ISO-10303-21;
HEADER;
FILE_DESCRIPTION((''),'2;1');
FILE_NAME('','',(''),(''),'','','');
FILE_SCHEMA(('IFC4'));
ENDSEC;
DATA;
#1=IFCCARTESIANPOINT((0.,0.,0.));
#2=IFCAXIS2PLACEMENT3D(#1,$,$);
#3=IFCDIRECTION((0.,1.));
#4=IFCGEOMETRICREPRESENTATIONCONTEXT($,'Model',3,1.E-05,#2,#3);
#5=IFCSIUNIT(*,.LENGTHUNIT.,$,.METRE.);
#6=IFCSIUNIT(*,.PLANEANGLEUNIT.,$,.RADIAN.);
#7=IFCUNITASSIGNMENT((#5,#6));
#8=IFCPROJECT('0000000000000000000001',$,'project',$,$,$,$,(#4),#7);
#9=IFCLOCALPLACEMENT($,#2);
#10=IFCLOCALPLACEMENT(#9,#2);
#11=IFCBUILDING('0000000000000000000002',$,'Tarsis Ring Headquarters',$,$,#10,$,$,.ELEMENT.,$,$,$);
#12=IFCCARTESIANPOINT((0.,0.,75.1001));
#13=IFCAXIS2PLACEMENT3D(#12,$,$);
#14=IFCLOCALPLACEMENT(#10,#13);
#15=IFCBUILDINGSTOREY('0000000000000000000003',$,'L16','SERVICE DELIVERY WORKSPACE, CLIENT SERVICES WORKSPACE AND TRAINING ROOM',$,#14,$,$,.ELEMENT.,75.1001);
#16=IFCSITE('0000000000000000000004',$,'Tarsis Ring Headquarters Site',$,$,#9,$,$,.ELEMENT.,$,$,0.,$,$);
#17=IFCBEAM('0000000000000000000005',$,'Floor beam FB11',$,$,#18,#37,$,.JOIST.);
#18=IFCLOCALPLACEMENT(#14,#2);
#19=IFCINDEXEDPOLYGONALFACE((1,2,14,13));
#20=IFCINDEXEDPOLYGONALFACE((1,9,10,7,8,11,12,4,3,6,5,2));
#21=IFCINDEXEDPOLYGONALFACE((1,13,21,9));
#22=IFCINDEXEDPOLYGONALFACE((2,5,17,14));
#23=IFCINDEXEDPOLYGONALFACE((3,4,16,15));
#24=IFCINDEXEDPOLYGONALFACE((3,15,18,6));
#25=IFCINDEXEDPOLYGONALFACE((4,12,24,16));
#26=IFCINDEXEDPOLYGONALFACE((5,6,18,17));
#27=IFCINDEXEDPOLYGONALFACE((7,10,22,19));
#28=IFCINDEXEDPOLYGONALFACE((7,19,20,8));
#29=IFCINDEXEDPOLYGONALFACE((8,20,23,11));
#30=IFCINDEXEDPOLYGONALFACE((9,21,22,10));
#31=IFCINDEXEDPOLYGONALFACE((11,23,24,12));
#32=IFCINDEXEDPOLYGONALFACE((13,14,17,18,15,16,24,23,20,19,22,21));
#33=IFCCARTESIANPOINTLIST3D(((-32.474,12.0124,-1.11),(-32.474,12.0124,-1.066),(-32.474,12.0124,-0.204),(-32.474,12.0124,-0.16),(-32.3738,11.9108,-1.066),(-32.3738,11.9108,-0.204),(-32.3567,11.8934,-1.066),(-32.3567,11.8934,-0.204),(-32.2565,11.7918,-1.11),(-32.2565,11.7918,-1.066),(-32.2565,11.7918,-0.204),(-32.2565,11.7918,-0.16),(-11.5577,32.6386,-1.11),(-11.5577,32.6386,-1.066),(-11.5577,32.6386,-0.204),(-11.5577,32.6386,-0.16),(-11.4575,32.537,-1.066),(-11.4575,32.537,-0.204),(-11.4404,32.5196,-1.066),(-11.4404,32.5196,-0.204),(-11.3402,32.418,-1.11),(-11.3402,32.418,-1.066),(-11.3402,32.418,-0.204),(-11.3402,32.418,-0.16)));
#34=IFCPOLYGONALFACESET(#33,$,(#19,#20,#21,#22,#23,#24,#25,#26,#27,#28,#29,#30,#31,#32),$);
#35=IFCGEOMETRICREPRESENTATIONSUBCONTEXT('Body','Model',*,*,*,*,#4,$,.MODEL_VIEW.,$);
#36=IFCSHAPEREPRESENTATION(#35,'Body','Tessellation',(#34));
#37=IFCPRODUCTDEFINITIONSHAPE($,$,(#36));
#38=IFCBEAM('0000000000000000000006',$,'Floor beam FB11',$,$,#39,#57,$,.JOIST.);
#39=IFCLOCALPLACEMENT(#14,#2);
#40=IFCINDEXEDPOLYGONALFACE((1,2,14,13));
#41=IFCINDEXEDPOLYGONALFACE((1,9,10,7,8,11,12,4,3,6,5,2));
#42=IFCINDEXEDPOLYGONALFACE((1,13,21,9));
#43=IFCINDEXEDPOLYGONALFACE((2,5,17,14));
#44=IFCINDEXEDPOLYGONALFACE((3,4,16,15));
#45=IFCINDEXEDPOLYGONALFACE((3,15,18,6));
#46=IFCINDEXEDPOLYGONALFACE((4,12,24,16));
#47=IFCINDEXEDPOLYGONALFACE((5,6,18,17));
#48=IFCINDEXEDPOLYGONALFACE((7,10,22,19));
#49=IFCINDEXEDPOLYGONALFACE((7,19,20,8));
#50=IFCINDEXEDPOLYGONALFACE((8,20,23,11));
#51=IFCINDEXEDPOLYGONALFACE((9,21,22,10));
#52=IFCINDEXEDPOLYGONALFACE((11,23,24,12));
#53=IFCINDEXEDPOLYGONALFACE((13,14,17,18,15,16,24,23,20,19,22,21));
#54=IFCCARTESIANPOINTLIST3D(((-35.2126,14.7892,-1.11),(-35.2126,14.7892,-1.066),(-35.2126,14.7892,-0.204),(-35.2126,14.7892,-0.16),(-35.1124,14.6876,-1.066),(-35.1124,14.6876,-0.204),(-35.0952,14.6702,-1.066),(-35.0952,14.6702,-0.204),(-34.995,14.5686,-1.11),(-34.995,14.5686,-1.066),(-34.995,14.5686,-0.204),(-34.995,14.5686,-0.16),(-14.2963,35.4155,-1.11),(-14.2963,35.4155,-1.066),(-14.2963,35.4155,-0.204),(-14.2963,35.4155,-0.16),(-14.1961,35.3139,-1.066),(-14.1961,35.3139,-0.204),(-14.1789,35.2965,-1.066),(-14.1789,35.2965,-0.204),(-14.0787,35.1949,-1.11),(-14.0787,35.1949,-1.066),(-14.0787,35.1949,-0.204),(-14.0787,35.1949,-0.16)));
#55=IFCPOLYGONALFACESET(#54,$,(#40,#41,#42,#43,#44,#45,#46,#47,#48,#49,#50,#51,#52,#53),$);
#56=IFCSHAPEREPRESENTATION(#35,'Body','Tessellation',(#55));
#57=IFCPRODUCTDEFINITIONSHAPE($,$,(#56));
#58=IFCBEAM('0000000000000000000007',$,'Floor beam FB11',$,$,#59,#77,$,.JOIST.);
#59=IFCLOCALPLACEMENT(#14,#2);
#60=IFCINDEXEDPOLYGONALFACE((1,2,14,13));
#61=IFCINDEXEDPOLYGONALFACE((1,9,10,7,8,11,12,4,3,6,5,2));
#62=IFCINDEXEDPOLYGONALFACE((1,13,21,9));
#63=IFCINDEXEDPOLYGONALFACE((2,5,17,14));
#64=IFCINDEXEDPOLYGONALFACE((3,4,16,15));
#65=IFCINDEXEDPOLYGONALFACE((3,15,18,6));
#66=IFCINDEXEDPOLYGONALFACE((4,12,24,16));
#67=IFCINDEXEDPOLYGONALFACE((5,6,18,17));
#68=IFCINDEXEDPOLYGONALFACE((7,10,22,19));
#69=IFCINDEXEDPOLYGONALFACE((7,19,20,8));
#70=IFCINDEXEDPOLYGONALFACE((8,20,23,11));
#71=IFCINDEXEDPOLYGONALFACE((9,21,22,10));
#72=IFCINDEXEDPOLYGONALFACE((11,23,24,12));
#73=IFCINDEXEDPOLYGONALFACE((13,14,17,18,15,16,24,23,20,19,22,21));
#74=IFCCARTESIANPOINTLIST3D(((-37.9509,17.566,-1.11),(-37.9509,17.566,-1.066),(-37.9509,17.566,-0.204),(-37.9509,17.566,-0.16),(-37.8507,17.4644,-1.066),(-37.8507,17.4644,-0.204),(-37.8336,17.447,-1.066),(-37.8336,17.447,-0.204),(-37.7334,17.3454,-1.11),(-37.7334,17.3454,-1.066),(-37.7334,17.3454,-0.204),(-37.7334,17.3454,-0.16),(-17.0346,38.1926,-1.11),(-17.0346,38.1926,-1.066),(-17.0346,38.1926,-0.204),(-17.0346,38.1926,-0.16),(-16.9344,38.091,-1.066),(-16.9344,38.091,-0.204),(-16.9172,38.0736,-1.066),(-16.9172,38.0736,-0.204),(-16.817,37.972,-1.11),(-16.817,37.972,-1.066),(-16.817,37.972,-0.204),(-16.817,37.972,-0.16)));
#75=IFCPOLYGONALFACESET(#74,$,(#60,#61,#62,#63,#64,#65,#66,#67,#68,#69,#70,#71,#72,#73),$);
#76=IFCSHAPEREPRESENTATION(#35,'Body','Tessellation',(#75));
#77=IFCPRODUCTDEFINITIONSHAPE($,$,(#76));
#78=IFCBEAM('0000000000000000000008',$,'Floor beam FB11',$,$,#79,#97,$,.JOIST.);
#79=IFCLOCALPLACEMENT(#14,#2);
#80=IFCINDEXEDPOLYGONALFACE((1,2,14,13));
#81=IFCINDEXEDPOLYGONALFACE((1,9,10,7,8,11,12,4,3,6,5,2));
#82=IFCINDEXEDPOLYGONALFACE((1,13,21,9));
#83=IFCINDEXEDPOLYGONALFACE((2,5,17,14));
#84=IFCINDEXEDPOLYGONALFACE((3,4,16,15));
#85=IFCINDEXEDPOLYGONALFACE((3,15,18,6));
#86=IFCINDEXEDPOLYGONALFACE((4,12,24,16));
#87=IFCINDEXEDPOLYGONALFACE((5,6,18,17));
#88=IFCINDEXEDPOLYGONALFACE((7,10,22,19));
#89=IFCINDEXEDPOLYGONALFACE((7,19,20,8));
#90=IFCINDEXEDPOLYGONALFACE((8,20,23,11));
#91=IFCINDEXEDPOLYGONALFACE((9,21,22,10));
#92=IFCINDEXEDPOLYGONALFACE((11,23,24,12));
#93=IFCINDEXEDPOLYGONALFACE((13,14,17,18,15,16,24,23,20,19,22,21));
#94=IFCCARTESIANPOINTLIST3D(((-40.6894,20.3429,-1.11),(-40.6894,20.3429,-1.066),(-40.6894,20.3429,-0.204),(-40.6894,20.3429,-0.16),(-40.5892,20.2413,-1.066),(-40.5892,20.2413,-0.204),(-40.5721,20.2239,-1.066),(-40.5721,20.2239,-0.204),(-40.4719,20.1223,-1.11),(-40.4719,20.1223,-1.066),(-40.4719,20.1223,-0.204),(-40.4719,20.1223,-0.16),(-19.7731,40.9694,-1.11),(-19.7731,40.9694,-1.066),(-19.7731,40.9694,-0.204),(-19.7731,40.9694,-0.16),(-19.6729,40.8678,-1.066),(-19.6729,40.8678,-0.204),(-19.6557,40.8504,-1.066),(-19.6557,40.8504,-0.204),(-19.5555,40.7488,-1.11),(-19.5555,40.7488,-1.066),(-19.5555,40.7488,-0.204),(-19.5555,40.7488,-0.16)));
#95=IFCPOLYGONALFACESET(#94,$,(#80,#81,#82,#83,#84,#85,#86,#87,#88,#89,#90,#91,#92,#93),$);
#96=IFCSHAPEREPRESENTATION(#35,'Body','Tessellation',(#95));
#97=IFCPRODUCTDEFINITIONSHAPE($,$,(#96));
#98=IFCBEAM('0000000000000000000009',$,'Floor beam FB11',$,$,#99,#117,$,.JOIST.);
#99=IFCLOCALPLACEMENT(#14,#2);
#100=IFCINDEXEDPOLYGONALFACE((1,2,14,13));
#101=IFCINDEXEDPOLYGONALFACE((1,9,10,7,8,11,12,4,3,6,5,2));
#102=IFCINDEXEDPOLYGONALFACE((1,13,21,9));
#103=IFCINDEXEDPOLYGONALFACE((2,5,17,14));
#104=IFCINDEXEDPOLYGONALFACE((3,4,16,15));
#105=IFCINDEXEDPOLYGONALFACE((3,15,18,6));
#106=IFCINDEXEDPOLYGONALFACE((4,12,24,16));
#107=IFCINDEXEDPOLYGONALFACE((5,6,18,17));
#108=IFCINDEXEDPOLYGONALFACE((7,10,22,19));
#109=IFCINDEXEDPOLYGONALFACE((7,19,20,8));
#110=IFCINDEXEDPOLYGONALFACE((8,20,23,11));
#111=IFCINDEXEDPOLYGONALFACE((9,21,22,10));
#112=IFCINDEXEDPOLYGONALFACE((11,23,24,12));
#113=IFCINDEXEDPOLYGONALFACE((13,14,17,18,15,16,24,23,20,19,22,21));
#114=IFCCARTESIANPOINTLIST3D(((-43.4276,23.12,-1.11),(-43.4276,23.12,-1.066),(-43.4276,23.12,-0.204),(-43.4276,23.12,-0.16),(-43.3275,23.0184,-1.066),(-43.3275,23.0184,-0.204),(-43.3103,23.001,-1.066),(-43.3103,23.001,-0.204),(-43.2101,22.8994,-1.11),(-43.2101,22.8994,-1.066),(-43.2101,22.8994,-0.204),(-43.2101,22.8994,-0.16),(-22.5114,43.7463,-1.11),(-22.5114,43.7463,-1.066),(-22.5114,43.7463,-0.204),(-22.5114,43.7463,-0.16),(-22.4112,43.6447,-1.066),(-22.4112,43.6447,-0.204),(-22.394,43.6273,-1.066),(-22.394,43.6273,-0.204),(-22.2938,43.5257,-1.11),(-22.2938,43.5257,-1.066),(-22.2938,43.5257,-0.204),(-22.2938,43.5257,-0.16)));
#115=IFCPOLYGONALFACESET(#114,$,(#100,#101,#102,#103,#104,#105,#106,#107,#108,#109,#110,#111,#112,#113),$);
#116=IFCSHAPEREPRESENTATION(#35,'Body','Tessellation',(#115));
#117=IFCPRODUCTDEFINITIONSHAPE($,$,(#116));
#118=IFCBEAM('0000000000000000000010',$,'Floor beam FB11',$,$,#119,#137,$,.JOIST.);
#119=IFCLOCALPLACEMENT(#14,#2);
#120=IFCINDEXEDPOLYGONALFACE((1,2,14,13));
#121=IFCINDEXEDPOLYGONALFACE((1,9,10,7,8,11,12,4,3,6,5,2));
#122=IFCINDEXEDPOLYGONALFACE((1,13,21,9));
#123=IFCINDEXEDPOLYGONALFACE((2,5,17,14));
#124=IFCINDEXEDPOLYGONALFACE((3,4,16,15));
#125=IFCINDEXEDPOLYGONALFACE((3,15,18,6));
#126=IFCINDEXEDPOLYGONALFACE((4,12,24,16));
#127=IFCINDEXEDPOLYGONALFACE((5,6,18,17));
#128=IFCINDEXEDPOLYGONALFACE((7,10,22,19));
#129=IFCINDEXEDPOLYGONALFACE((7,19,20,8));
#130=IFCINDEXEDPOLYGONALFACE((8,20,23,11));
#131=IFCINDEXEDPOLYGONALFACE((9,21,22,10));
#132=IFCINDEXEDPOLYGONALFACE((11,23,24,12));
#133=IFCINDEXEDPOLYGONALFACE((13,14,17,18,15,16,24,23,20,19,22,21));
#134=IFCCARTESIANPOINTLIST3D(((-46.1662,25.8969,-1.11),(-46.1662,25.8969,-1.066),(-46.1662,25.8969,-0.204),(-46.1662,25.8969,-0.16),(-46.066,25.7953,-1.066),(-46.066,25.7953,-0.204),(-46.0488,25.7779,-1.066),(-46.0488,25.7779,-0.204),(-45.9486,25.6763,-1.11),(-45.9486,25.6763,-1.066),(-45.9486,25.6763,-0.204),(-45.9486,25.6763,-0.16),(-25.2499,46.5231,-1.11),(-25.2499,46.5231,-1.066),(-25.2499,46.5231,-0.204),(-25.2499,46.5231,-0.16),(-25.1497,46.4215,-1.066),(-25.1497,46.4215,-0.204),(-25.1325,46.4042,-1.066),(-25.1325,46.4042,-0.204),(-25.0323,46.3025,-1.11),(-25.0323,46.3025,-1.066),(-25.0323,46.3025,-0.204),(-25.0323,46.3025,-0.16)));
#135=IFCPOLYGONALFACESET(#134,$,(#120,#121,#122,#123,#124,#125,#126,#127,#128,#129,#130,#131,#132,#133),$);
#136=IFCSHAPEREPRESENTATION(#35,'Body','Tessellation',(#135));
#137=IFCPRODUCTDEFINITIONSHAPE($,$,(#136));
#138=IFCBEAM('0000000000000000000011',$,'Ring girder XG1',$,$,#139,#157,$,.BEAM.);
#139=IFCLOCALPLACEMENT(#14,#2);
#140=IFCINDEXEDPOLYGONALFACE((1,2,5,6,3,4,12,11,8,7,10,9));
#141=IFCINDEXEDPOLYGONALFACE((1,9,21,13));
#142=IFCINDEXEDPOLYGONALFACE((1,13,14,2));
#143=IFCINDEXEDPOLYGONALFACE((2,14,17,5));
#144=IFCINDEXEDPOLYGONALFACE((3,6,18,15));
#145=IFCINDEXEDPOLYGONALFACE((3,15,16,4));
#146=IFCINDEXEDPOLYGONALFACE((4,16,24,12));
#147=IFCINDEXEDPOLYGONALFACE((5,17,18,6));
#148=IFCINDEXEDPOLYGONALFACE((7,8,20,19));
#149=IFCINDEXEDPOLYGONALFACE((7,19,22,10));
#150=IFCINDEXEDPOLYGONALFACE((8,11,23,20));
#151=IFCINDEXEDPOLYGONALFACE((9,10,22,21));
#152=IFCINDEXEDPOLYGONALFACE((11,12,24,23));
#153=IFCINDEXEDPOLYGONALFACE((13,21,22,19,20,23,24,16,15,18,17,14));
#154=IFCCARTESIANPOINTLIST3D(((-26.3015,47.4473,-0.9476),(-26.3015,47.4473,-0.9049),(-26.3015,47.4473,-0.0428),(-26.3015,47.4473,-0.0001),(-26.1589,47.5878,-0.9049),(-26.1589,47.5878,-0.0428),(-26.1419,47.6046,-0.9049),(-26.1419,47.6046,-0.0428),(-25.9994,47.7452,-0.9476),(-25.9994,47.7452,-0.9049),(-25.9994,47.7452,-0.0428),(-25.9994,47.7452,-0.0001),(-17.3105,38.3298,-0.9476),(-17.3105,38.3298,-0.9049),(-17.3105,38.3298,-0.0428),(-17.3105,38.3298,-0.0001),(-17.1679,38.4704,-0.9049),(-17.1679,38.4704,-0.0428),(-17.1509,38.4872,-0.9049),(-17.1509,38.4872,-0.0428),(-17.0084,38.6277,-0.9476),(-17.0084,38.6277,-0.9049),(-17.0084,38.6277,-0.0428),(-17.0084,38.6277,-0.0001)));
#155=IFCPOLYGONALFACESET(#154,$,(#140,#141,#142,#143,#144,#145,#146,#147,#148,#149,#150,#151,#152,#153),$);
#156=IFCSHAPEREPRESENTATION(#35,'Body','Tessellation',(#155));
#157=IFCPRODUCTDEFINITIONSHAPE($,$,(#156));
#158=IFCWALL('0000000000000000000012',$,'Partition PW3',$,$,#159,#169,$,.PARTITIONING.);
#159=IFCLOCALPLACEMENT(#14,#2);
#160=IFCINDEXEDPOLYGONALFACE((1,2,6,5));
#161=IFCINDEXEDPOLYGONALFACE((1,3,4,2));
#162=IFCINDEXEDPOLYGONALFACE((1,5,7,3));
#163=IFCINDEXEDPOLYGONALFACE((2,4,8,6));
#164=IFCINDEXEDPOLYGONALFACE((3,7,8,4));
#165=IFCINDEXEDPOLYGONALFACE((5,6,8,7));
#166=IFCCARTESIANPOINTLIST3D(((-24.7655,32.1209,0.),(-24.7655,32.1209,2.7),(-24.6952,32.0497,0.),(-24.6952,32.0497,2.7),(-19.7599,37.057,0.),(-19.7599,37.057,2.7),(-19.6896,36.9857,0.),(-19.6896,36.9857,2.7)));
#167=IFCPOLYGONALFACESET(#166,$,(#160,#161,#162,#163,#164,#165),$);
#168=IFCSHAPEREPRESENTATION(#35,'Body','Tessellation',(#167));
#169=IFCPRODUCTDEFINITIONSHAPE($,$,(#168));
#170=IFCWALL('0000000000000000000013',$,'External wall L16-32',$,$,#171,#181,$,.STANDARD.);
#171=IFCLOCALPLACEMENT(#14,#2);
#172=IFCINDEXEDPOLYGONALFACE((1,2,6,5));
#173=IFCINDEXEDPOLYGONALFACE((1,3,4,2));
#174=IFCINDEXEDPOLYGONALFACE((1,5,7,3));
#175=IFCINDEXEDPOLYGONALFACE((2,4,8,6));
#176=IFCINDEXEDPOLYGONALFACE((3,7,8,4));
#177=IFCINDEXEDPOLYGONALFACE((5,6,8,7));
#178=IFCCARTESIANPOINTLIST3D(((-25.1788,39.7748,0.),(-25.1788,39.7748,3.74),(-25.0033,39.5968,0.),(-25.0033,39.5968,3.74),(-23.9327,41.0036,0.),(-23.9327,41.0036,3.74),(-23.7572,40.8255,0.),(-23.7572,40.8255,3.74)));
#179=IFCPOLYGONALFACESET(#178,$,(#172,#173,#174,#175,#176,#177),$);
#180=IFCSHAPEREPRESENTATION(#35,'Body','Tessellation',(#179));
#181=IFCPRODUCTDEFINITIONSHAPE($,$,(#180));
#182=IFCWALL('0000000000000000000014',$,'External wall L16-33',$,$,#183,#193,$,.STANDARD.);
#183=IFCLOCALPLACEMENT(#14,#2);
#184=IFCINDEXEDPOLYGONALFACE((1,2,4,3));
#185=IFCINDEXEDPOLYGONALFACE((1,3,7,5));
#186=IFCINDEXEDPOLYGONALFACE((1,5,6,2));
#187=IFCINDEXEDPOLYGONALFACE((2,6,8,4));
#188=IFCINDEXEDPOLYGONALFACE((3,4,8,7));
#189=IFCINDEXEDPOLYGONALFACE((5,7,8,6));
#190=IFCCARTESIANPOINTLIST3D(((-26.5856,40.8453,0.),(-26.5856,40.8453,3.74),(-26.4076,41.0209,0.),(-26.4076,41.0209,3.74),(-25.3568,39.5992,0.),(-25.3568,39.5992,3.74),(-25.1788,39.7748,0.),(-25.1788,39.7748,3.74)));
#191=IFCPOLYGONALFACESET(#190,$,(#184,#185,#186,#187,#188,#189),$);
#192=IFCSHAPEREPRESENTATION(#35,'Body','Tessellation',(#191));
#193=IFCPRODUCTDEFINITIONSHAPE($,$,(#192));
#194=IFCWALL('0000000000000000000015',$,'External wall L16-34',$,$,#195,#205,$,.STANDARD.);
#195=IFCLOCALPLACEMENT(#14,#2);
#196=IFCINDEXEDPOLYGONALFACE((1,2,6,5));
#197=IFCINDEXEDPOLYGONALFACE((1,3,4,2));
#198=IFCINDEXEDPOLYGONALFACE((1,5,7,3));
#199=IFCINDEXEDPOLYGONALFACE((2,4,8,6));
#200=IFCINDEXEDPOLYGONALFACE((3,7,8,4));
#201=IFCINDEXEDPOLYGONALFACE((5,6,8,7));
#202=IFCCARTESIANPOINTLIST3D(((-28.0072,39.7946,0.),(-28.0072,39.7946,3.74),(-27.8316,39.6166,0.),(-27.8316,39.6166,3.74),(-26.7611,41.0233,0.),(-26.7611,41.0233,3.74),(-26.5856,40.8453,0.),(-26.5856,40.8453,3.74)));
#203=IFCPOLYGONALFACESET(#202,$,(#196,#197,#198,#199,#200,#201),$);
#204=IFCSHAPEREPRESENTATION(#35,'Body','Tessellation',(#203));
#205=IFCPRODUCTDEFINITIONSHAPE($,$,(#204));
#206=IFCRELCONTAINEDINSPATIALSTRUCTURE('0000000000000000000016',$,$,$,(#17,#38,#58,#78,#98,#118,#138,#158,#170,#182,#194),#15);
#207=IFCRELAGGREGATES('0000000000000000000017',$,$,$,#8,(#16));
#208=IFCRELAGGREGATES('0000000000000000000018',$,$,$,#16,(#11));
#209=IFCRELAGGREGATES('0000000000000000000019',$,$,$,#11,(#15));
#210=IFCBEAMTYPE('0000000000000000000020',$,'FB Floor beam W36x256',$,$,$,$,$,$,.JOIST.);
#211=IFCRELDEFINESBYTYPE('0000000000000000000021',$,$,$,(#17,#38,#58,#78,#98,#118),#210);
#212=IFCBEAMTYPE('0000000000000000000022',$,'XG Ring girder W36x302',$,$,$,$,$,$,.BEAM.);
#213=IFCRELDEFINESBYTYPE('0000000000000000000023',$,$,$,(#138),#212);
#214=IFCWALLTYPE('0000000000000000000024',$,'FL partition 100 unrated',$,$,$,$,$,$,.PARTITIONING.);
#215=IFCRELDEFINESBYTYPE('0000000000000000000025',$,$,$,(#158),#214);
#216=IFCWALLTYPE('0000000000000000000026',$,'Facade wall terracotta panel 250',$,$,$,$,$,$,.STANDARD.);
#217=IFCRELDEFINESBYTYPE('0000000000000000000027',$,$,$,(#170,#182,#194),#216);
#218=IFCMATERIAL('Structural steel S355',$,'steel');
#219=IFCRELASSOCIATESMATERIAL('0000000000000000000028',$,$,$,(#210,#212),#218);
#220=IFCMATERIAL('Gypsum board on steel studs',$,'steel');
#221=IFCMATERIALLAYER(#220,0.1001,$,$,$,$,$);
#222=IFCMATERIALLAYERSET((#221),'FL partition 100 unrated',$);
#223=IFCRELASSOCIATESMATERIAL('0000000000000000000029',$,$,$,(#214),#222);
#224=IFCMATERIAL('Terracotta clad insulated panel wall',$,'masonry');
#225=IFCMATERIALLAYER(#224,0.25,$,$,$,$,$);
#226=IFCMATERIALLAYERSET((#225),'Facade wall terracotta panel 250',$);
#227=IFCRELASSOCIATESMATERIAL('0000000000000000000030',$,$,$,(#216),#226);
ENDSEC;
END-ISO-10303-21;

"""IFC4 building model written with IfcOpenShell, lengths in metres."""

from ifc_helpers import new_model, si_unit, direction, frame, frame_2d, origin, origin_2d, place, context, subcontext, project, spatial, rectangle, i_section, extrude, material, layer, layer_set, material_profile, profile_set, type_object, element, save


model = new_model("IFC4")

# Units and contexts
model_context = context("Model", 3, precision=1e-05, world=origin(), true_north=direction((0.0, 1.0)))
body_context = subcontext(model_context, "Body", "Model", "MODEL_VIEW")
ifc_project = project(units=[si_unit("LENGTHUNIT", "METRE"), si_unit("PLANEANGLEUNIT", "RADIAN")], contexts=[model_context])

# Site, building, storey
site_placement = place(None, origin())
site = spatial("IfcSite", under=ifc_project, at=site_placement, Name="Tarsis Ring Headquarters Site", CompositionType="ELEMENT", RefElevation=0.0)
building_placement = place(site_placement, origin())
building = spatial("IfcBuilding", under=site, at=building_placement, Name="Tarsis Ring Headquarters", CompositionType="ELEMENT")
storey_placement = place(building_placement, frame((0.0, 0.0, 75.1001)))
storey = spatial("IfcBuildingStorey", under=building, at=storey_placement, Name="L16", Description="SERVICE DELIVERY WORKSPACE, CLIENT SERVICES WORKSPACE AND TRAINING ROOM", CompositionType="ELEMENT", Elevation=75.1001)

# Beams
ifc_material_1 = material(Name="Structural steel S355", Category="steel")
ifc_material_profile_1 = material_profile(ifc_material_1, i_section(OverallWidth=0.3098, OverallDepth=0.95, WebThickness=0.0244, FlangeThickness=0.0439, at=origin_2d()), Name="W36x256")
ifc_profile_set_1 = profile_set([ifc_material_profile_1], Name="Structural steel S355")
beam_type_1 = type_object("IfcBeamType", Name="FB Floor beam W36x256", PredefinedType="JOIST", material=ifc_profile_set_1)
for number, where, z_axis, x_axis, name in (
    (1, (-11.449, 32.5283, -0.635), (-0.712026, -0.702153, 0.0), (0.702153, -0.712026, 0.0), "Floor beam FB11"),
    (2, (-14.1875, 35.3052, -0.635), (-0.712026, -0.702153, 0.0), (0.702153, -0.712026, 0.0), "Floor beam FB11"),
):
    element("IfcBeam", number, at=place(storey_placement, frame(where, z_axis=z_axis, x_axis=x_axis)), inside=storey, type_object=beam_type_1, Name=name, PredefinedType="JOIST", context=body_context, shape_type="SweptSolid", body=[
        extrude(i_section(OverallWidth=0.3098, OverallDepth=0.95, WebThickness=0.0244, FlangeThickness=0.0439, at=origin_2d()), origin(), (0.0, 0.0, 1.0), 29.3757),
    ])
for number, where, z_axis, x_axis, name in (
    (3, (-16.9258, 38.0823, -0.635), (-0.712022, -0.702157, 0.0), (0.702157, -0.712022, 0.0), "Floor beam FB11"),
    (4, (-19.6643, 40.8591, -0.635), (-0.712022, -0.702157, 0.0), (0.702157, -0.712022, 0.0), "Floor beam FB11"),
):
    element("IfcBeam", number, at=place(storey_placement, frame(where, z_axis=z_axis, x_axis=x_axis)), inside=storey, type_object=beam_type_1, Name=name, PredefinedType="JOIST", context=body_context, shape_type="SweptSolid", body=[
        extrude(i_section(OverallWidth=0.3098, OverallDepth=0.95, WebThickness=0.0244, FlangeThickness=0.0439, at=origin_2d()), origin(), (0.0, 0.0, 1.0), 29.376),
    ])
for number, where, z_axis, x_axis, name in (
    (5, (-22.4026, 43.636, -0.635), (-0.712026, -0.702153, 0.0), (0.702153, -0.712026, 0.0), "Floor beam FB11"),
    (6, (-25.1411, 46.4128, -0.635), (-0.712026, -0.702153, 0.0), (0.702153, -0.712026, 0.0), "Floor beam FB11"),
):
    element("IfcBeam", number, at=place(storey_placement, frame(where, z_axis=z_axis, x_axis=x_axis)), inside=storey, type_object=beam_type_1, Name=name, PredefinedType="JOIST", context=body_context, shape_type="SweptSolid", body=[
        extrude(i_section(OverallWidth=0.3098, OverallDepth=0.95, WebThickness=0.0244, FlangeThickness=0.0439, at=origin_2d()), origin(), (0.0, 0.0, 1.0), 29.3757),
    ])
ifc_material_profile_2 = material_profile(ifc_material_1, i_section(OverallWidth=0.4243, OverallDepth=0.9475, WebThickness=0.0239, FlangeThickness=0.0427, at=origin_2d()), Name="W36x302")
ifc_profile_set_2 = profile_set([ifc_material_profile_2], Name="Structural steel S355")
beam_type_2 = type_object("IfcBeamType", Name="XG Ring girder W36x302", PredefinedType="BEAM", material=ifc_profile_set_2)
beam_placement = place(storey_placement, frame((-17.1594, 38.4788, -0.4739), z_axis=(-0.702151, 0.712028, 0.0), x_axis=(-0.712028, -0.702151, 0.0)))
element("IfcBeam", 7, at=beam_placement, inside=storey, type_object=beam_type_2, Name="Ring girder XG1", PredefinedType="BEAM", context=body_context, shape_type="SweptSolid", body=[
    extrude(i_section(OverallWidth=0.4243, OverallDepth=0.9475, WebThickness=0.0239, FlangeThickness=0.0427, at=origin_2d()), origin(), (0.0, 0.0, 1.0), 12.8049),
])

# Walls
ifc_material_2 = material(Name="Gypsum board on steel studs", Category="steel")
ifc_layer_1 = layer(ifc_material_2, 0.1001)
ifc_layer_set_1 = layer_set([ifc_layer_1], Name="FL partition 100 unrated")
wall_type_1 = type_object("IfcWallType", Name="FL partition 100 unrated", PredefinedType="PARTITIONING", material=ifc_layer_set_1)
wall_placement = place(storey_placement, frame((-24.7305, 32.0852, 0.0), z_axis=(0.0, 0.0, 1.0), x_axis=(0.712038, 0.702141, 0.0)))
element("IfcWall", 8, at=wall_placement, inside=storey, type_object=wall_type_1, Name="Partition PW3", PredefinedType="PARTITIONING", context=body_context, shape_type="SweptSolid", body=[
    extrude(rectangle(XDim=7.03, YDim=0.1001, at=frame_2d((3.5151, 0.0))), origin(), (0.0, 0.0, 1.0), 2.7),
])
ifc_material_3 = material(Name="Terracotta clad insulated panel wall", Category="masonry")
ifc_layer_2 = layer(ifc_material_3, 0.25)
ifc_layer_set_2 = layer_set([ifc_layer_2], Name="Facade wall terracotta panel 250")
wall_type_2 = type_object("IfcWallType", Name="Facade wall terracotta panel 250", PredefinedType="STANDARD", material=ifc_layer_set_2)
for number, where, z_axis, x_axis, name in (
    (9, (-23.845, 40.9146, 0.0), (0.0, 0.0, 1.0), (-0.712042, -0.702137, 0.0), "External wall L16-32"),
    (10, (-25.2678, 39.687, 0.0), (0.0, 0.0, 1.0), (-0.702137, 0.712042, 0.0), "External wall L16-33"),
    (11, (-26.6733, 40.9343, 0.0), (0.0, 0.0, 1.0), (-0.712042, -0.702137, 0.0), "External wall L16-34"),
):
    element("IfcWall", number, at=place(storey_placement, frame(where, z_axis=z_axis, x_axis=x_axis)), inside=storey, type_object=wall_type_2, Name=name, PredefinedType="STANDARD", context=body_context, shape_type="SweptSolid", body=[
        extrude(rectangle(XDim=1.75, YDim=0.25, at=frame_2d((0.875, 0.0))), origin(), (0.0, 0.0, 1.0), 3.74),
    ])

save(model, "model.ifc")
